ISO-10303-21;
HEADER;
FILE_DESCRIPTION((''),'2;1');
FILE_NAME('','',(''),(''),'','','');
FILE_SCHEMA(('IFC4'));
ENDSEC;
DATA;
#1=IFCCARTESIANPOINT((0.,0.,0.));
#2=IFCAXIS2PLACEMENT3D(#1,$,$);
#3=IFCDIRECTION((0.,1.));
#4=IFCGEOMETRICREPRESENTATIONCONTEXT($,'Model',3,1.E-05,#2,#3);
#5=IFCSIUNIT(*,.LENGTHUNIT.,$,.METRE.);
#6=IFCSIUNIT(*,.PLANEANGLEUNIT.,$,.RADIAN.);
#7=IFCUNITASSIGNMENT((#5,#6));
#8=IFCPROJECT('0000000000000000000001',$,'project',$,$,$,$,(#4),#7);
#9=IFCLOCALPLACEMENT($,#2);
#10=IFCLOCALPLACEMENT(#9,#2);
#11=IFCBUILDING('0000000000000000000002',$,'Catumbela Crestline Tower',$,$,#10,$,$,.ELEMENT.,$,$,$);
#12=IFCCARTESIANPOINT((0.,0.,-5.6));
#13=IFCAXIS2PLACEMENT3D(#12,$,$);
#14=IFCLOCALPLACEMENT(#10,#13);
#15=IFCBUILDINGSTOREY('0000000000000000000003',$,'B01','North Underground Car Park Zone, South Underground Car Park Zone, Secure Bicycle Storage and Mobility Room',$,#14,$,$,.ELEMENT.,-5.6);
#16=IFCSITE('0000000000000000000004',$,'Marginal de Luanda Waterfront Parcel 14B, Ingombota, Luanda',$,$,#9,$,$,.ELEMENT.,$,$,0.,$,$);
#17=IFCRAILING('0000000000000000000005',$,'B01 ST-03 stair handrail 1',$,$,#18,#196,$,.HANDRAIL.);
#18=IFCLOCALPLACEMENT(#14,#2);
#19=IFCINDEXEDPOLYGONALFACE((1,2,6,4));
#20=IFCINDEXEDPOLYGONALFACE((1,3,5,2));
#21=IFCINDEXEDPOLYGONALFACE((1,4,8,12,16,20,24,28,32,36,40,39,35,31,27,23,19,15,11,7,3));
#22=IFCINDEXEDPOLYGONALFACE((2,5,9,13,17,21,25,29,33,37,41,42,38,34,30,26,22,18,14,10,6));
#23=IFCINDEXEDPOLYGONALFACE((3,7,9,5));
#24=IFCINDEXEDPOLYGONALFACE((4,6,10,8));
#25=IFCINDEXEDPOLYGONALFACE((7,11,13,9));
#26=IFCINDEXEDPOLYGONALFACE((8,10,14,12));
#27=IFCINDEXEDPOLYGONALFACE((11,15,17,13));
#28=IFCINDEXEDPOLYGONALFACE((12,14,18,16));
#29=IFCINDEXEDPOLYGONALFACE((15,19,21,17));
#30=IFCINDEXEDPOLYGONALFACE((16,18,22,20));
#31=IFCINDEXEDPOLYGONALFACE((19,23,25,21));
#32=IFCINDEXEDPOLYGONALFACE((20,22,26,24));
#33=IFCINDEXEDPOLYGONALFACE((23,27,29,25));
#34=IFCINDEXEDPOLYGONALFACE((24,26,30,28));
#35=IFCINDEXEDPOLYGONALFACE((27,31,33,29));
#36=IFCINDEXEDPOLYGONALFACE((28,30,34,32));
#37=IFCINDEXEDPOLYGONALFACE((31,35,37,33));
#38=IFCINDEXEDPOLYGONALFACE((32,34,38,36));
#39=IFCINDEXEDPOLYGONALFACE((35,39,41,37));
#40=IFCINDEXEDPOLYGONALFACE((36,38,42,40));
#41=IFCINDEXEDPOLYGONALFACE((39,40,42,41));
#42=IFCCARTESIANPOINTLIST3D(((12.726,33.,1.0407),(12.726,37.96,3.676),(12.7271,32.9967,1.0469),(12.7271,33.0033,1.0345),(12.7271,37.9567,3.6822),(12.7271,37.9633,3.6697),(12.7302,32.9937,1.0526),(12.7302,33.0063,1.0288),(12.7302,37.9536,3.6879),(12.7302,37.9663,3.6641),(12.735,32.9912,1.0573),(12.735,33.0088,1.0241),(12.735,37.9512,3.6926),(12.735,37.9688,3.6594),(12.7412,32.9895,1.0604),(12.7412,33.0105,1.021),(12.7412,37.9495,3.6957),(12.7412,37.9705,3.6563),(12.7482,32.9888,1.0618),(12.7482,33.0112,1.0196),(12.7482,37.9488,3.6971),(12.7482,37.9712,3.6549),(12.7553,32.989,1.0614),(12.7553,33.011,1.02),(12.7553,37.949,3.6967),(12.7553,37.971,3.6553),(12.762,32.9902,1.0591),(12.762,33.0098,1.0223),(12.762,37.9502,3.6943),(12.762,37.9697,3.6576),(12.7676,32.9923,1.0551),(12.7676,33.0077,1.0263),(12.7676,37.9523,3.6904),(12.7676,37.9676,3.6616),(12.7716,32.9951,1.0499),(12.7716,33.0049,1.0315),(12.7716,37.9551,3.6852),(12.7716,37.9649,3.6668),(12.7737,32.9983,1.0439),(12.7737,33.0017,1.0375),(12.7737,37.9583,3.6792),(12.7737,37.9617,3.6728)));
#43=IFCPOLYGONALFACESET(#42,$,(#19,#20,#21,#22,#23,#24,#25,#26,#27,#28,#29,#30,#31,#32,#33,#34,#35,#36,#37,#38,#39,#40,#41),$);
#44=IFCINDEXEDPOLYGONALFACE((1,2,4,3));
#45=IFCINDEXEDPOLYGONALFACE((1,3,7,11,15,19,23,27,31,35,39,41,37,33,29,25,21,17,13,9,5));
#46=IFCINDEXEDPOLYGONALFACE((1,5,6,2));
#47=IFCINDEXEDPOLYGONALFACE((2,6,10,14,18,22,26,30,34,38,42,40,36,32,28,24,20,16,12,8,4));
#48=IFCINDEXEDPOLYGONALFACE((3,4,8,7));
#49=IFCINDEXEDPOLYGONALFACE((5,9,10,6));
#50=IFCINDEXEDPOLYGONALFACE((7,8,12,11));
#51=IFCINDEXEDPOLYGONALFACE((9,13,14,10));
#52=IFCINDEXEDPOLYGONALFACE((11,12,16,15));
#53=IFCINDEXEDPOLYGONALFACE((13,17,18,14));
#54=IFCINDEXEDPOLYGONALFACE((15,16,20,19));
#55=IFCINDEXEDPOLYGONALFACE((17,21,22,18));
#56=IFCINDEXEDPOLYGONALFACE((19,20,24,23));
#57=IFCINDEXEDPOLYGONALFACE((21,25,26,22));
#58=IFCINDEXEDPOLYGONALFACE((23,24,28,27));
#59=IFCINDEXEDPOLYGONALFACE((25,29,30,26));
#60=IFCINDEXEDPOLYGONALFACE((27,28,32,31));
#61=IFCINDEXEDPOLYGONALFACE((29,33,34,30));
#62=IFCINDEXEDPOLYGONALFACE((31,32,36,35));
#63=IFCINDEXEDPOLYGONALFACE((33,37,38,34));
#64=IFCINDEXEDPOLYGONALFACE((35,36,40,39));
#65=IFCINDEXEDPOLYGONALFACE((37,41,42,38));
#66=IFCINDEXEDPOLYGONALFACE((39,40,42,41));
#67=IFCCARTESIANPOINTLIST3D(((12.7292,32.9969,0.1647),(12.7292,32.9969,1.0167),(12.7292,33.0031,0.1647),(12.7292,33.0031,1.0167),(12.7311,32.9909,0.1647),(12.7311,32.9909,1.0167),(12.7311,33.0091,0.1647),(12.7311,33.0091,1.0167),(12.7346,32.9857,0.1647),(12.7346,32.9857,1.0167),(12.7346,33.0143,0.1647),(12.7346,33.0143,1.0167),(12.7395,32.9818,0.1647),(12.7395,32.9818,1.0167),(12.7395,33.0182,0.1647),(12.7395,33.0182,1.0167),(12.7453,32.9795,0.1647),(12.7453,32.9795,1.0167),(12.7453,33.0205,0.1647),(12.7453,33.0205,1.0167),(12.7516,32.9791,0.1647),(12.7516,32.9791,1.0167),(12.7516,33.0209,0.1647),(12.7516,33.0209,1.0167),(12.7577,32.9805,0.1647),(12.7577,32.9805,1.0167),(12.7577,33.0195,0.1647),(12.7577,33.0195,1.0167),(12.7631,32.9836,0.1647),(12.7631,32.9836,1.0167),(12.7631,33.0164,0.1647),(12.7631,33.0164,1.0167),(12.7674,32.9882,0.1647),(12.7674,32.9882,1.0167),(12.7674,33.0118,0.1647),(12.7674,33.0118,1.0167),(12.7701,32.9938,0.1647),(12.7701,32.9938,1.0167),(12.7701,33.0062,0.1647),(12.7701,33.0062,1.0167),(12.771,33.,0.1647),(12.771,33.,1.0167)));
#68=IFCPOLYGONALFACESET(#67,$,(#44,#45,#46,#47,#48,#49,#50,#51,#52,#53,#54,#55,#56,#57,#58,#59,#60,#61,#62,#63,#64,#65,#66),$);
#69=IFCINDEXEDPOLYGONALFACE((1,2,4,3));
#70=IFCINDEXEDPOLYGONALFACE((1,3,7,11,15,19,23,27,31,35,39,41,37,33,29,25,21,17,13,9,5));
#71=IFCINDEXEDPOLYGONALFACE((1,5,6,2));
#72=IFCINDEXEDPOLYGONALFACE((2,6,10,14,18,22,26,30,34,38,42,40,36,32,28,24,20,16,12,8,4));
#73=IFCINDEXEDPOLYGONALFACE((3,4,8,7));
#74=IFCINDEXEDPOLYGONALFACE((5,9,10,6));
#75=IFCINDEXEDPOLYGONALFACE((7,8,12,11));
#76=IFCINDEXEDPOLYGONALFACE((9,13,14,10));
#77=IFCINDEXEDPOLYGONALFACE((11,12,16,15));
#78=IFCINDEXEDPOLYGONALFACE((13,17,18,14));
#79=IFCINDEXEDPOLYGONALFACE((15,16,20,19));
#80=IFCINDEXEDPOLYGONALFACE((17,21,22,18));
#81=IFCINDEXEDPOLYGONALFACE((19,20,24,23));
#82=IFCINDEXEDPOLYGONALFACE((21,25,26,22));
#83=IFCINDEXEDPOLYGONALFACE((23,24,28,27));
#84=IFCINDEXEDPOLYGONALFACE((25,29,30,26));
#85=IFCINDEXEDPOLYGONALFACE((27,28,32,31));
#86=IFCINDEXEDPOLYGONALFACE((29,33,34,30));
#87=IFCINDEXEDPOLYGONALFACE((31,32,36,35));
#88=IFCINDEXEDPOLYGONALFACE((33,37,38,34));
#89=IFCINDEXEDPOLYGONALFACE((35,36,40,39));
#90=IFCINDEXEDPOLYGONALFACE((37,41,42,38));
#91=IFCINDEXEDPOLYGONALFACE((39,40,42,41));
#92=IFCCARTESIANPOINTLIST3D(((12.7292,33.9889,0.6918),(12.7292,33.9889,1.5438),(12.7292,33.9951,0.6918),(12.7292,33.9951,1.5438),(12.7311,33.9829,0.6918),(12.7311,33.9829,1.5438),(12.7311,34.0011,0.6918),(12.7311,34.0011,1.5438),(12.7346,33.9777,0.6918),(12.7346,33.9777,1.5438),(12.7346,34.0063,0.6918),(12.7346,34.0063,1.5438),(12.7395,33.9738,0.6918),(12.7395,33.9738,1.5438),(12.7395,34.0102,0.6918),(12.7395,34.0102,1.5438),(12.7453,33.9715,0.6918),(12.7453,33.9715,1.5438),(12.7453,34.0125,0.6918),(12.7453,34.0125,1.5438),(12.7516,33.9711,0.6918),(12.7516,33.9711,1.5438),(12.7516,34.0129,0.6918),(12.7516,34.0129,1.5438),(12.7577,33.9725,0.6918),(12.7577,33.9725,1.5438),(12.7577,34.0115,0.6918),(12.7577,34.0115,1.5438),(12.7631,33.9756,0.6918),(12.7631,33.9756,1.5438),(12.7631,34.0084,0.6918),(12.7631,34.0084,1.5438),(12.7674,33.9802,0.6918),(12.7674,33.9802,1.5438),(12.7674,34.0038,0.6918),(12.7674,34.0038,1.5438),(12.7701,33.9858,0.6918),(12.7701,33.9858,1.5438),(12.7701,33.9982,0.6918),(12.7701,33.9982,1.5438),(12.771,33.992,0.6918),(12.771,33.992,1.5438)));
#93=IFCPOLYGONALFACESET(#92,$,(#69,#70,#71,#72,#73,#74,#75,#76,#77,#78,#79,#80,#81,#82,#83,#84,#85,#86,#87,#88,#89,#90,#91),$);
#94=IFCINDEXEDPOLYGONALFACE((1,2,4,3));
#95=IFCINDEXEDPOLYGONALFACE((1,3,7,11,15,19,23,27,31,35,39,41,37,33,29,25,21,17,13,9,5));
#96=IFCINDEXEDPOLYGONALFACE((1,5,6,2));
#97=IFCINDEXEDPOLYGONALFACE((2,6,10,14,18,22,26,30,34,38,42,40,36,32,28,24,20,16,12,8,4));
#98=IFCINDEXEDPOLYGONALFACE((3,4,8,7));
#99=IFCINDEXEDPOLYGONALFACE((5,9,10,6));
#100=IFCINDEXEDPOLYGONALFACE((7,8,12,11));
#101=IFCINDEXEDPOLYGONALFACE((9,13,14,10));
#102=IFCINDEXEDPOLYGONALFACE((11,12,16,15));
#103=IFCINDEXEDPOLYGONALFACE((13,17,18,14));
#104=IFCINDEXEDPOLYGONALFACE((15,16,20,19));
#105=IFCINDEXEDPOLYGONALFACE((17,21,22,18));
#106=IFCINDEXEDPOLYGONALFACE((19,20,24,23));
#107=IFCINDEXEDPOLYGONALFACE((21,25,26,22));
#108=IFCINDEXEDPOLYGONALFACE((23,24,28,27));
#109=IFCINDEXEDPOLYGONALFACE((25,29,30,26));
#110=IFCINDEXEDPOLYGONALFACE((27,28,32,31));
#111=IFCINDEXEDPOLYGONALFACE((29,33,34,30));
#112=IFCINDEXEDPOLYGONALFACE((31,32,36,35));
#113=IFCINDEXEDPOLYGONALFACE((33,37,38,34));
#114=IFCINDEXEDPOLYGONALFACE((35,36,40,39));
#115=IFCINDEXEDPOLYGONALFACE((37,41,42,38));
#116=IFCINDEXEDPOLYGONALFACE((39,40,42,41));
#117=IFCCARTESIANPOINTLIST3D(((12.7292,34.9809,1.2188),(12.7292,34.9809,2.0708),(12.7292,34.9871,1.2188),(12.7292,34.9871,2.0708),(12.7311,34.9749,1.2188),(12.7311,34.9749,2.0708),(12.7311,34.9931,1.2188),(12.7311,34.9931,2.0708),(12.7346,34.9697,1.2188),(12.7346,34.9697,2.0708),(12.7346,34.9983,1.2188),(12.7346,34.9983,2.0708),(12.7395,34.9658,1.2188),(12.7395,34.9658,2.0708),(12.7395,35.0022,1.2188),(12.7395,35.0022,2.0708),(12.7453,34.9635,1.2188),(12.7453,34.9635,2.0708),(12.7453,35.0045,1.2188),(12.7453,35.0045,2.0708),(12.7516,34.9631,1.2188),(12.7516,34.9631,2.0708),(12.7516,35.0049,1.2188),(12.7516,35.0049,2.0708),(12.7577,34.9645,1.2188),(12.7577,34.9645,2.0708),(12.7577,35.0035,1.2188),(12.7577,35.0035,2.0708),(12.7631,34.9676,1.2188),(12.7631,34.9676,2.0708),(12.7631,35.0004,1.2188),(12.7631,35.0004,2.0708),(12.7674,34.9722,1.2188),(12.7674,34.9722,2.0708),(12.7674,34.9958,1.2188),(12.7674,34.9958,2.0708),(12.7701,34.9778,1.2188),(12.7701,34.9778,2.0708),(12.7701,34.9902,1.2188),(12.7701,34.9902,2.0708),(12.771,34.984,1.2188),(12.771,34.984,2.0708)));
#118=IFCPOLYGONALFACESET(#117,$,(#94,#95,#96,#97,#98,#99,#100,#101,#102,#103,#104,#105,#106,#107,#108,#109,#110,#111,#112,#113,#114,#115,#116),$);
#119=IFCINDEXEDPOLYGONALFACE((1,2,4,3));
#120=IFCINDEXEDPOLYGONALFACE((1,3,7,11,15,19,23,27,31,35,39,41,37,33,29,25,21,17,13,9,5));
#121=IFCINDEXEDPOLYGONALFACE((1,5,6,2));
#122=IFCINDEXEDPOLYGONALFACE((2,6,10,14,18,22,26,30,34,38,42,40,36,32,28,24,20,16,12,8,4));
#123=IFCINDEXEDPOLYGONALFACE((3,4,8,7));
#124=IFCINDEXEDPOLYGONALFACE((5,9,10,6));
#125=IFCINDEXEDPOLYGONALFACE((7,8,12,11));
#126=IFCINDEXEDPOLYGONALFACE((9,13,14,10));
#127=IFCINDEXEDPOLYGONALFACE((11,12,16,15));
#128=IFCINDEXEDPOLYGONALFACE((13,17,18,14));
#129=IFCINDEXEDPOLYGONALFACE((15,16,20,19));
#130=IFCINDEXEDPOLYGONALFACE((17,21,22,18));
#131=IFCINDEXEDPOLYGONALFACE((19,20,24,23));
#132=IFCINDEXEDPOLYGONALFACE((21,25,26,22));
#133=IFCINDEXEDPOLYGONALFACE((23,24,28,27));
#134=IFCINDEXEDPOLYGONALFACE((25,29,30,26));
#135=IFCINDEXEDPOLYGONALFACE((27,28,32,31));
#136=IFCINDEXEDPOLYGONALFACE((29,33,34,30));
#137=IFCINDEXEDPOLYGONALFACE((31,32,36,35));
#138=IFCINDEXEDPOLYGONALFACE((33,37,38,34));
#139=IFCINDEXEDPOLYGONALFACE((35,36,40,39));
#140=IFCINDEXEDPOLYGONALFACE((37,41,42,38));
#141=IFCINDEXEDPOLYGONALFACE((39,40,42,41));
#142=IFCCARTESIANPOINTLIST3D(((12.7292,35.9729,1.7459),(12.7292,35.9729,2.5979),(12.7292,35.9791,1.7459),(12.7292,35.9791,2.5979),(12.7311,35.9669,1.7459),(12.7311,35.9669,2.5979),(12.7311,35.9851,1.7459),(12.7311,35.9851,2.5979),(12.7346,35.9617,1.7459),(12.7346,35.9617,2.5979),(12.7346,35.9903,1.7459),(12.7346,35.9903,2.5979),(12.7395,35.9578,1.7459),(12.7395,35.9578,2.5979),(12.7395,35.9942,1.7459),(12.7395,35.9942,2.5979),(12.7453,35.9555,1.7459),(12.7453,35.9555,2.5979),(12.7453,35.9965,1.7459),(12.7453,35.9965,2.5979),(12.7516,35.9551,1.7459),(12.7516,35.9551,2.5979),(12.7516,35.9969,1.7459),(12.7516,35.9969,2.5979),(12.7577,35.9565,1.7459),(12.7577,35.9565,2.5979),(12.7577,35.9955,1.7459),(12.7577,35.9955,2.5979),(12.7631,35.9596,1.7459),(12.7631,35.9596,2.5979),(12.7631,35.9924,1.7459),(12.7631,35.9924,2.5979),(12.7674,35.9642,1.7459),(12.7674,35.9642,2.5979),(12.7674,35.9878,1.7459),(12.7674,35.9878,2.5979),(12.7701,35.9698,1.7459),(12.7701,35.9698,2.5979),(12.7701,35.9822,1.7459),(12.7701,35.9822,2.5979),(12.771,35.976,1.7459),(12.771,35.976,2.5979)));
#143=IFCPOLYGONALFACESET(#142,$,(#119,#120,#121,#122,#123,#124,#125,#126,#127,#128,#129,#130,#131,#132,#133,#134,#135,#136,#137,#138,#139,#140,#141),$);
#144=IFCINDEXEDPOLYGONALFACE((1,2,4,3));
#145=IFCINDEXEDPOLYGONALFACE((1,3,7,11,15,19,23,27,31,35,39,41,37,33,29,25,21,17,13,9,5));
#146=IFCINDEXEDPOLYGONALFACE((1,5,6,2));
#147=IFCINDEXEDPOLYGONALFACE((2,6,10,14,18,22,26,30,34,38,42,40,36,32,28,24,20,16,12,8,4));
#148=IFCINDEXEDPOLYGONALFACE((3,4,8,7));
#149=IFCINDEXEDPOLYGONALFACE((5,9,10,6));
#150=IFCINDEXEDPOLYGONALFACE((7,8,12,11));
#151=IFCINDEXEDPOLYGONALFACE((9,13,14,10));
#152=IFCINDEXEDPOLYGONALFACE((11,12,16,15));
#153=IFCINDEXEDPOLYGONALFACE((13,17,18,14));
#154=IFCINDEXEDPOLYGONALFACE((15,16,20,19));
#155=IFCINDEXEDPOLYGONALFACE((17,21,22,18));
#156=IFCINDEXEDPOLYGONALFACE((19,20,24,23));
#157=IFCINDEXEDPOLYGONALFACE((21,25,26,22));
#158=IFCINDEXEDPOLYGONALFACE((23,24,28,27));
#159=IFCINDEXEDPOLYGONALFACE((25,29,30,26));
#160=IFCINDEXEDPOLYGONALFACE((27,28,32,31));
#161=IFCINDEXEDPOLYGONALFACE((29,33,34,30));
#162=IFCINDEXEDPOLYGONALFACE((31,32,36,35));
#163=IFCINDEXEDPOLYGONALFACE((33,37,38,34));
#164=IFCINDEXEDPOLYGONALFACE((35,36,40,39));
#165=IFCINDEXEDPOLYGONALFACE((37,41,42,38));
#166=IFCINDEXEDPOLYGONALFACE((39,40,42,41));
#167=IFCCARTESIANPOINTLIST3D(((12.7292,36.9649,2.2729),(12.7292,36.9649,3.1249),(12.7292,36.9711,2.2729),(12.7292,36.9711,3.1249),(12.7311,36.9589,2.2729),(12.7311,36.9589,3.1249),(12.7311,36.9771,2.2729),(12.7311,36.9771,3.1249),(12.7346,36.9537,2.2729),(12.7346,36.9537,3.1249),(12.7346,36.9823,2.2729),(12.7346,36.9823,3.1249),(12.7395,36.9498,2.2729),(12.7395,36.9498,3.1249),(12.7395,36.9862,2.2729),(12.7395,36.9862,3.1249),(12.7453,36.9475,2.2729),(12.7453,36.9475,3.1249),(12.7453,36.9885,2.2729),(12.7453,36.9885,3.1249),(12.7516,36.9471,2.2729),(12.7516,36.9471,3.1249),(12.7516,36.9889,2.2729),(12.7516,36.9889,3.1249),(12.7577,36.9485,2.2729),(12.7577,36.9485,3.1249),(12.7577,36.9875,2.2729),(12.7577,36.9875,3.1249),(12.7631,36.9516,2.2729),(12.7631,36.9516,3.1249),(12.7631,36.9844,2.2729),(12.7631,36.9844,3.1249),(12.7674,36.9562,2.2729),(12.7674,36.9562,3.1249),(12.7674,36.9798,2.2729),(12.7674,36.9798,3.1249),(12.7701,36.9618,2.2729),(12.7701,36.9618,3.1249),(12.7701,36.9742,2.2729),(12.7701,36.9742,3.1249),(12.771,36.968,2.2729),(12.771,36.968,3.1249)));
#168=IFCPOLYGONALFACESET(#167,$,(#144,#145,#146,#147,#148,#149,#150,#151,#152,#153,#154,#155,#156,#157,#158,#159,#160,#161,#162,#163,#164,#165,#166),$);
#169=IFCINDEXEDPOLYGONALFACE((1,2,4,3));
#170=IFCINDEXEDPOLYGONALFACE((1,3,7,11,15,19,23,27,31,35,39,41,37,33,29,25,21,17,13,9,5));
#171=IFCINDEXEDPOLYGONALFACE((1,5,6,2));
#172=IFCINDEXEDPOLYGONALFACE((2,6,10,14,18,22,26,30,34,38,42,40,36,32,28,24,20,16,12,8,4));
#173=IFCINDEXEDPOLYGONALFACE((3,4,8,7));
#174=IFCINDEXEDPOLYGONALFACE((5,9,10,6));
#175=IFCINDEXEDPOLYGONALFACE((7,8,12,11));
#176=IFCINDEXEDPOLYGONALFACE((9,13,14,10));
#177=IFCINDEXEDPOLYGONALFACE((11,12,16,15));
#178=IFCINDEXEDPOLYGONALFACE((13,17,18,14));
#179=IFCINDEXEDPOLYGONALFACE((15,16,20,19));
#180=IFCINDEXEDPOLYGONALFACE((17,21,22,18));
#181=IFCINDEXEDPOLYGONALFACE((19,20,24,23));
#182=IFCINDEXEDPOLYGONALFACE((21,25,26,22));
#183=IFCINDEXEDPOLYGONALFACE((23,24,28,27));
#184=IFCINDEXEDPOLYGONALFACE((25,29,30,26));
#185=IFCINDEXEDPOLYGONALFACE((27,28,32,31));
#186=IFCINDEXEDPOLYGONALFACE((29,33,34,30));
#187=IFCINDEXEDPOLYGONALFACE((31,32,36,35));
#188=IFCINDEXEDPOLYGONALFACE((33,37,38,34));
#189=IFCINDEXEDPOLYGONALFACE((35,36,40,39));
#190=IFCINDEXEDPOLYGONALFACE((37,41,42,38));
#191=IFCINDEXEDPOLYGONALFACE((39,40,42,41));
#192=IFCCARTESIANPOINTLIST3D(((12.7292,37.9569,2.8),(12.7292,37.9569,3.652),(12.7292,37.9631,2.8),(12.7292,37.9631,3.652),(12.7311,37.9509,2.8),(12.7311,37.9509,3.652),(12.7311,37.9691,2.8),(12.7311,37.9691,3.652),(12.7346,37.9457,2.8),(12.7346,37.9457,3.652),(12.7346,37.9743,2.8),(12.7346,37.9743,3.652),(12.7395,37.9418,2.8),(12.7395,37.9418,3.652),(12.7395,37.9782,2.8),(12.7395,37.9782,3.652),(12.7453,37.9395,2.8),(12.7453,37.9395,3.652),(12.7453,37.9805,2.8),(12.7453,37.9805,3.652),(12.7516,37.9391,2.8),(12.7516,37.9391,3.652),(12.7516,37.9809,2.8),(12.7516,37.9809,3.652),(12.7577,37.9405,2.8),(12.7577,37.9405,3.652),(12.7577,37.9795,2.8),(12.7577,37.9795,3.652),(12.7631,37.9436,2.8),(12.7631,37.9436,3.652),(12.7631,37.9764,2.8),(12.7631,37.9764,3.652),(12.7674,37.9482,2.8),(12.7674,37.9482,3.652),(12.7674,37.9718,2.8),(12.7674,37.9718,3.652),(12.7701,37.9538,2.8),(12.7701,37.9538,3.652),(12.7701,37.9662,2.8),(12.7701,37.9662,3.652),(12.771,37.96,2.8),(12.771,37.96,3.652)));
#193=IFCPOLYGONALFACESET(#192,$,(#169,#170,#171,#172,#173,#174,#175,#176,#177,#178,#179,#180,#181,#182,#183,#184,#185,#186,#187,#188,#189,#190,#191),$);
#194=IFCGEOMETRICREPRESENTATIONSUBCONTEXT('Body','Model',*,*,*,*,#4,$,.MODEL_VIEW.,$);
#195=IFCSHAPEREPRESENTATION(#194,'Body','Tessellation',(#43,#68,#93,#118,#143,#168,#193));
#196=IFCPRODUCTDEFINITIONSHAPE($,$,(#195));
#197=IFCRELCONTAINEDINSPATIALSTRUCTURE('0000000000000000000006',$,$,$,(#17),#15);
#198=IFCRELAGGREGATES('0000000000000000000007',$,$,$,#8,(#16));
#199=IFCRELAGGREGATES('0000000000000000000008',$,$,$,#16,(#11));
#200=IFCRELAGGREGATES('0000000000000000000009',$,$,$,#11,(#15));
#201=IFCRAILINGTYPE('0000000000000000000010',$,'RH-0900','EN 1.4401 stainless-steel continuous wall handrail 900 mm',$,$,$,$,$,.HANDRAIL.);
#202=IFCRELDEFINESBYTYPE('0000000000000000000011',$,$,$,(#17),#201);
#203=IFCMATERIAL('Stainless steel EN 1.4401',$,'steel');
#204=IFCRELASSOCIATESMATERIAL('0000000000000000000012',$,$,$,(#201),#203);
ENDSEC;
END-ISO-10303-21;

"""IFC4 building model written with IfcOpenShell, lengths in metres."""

from ifc_helpers import new_model, si_unit, direction, frame, origin, origin_2d, place, context, subcontext, project, spatial, circle, extrude, material, type_object, element, save


model = new_model("IFC4")

# Units and contexts
model_context = context("Model", 3, precision=1e-05, world=origin(), true_north=direction((0.0, 1.0)))
body_context = subcontext(model_context, "Body", "Model", "MODEL_VIEW")
ifc_project = project(units=[si_unit("LENGTHUNIT", "METRE"), si_unit("PLANEANGLEUNIT", "RADIAN")], contexts=[model_context])

# Site, building, storey
site_placement = place(None, origin())
site = spatial("IfcSite", under=ifc_project, at=site_placement, Name="Marginal de Luanda Waterfront Parcel 14B, Ingombota, Luanda", CompositionType="ELEMENT", RefElevation=0.0)
building_placement = place(site_placement, origin())
building = spatial("IfcBuilding", under=site, at=building_placement, Name="Catumbela Crestline Tower", CompositionType="ELEMENT")
storey_placement = place(building_placement, frame((0.0, 0.0, -5.6)))
storey = spatial("IfcBuildingStorey", under=building, at=storey_placement, Name="B01", Description="North Underground Car Park Zone, South Underground Car Park Zone, Secure Bicycle Storage and Mobility Room", CompositionType="ELEMENT", Elevation=-5.6)

# Shared definitions
ifc_material_1 = material(Name="Stainless steel EN 1.4401", Category="steel")

# Railing
railing_type_1 = type_object("IfcRailingType", Name="RH-0900", Description="EN 1.4401 stainless-steel continuous wall handrail 900 mm", PredefinedType="HANDRAIL", material=ifc_material_1)
railing_1_placement = place(storey_placement, frame((12.75, 33.0, 0.1647)))
element("IfcRailing", 1, at=railing_1_placement, inside=storey, type_object=railing_type_1, Name="B01 ST-03 stair handrail 1", PredefinedType="HANDRAIL", context=body_context, shape_type="SweptSolid", body=[
    extrude(circle(Radius=0.024, at=origin_2d()), frame((0.0, 0.0, 0.876), z_axis=(0.0, 0.883094, 0.469197), x_axis=(-1.0, 0.0, 0.0)), (0.0, 0.0, 1.0), 5.6166),
    extrude(circle(Radius=0.021, at=origin_2d()), origin(), (0.0, 0.0, 1.0), 0.852),
    extrude(circle(Radius=0.021, at=origin_2d()), frame((0.0, 0.992, 0.5271)), (0.0, 0.0, 1.0), 0.852),
    extrude(circle(Radius=0.021, at=origin_2d()), frame((0.0, 1.984, 1.0541)), (0.0, 0.0, 1.0), 0.852),
    extrude(circle(Radius=0.021, at=origin_2d()), frame((0.0, 2.976, 1.5812)), (0.0, 0.0, 1.0), 0.852),
    extrude(circle(Radius=0.021, at=origin_2d()), frame((0.0, 3.968, 2.1082)), (0.0, 0.0, 1.0), 0.852),
    extrude(circle(Radius=0.021, at=origin_2d()), frame((0.0, 4.96, 2.6353)), (0.0, 0.0, 1.0), 0.852),
])

save(model, "model.ifc")
